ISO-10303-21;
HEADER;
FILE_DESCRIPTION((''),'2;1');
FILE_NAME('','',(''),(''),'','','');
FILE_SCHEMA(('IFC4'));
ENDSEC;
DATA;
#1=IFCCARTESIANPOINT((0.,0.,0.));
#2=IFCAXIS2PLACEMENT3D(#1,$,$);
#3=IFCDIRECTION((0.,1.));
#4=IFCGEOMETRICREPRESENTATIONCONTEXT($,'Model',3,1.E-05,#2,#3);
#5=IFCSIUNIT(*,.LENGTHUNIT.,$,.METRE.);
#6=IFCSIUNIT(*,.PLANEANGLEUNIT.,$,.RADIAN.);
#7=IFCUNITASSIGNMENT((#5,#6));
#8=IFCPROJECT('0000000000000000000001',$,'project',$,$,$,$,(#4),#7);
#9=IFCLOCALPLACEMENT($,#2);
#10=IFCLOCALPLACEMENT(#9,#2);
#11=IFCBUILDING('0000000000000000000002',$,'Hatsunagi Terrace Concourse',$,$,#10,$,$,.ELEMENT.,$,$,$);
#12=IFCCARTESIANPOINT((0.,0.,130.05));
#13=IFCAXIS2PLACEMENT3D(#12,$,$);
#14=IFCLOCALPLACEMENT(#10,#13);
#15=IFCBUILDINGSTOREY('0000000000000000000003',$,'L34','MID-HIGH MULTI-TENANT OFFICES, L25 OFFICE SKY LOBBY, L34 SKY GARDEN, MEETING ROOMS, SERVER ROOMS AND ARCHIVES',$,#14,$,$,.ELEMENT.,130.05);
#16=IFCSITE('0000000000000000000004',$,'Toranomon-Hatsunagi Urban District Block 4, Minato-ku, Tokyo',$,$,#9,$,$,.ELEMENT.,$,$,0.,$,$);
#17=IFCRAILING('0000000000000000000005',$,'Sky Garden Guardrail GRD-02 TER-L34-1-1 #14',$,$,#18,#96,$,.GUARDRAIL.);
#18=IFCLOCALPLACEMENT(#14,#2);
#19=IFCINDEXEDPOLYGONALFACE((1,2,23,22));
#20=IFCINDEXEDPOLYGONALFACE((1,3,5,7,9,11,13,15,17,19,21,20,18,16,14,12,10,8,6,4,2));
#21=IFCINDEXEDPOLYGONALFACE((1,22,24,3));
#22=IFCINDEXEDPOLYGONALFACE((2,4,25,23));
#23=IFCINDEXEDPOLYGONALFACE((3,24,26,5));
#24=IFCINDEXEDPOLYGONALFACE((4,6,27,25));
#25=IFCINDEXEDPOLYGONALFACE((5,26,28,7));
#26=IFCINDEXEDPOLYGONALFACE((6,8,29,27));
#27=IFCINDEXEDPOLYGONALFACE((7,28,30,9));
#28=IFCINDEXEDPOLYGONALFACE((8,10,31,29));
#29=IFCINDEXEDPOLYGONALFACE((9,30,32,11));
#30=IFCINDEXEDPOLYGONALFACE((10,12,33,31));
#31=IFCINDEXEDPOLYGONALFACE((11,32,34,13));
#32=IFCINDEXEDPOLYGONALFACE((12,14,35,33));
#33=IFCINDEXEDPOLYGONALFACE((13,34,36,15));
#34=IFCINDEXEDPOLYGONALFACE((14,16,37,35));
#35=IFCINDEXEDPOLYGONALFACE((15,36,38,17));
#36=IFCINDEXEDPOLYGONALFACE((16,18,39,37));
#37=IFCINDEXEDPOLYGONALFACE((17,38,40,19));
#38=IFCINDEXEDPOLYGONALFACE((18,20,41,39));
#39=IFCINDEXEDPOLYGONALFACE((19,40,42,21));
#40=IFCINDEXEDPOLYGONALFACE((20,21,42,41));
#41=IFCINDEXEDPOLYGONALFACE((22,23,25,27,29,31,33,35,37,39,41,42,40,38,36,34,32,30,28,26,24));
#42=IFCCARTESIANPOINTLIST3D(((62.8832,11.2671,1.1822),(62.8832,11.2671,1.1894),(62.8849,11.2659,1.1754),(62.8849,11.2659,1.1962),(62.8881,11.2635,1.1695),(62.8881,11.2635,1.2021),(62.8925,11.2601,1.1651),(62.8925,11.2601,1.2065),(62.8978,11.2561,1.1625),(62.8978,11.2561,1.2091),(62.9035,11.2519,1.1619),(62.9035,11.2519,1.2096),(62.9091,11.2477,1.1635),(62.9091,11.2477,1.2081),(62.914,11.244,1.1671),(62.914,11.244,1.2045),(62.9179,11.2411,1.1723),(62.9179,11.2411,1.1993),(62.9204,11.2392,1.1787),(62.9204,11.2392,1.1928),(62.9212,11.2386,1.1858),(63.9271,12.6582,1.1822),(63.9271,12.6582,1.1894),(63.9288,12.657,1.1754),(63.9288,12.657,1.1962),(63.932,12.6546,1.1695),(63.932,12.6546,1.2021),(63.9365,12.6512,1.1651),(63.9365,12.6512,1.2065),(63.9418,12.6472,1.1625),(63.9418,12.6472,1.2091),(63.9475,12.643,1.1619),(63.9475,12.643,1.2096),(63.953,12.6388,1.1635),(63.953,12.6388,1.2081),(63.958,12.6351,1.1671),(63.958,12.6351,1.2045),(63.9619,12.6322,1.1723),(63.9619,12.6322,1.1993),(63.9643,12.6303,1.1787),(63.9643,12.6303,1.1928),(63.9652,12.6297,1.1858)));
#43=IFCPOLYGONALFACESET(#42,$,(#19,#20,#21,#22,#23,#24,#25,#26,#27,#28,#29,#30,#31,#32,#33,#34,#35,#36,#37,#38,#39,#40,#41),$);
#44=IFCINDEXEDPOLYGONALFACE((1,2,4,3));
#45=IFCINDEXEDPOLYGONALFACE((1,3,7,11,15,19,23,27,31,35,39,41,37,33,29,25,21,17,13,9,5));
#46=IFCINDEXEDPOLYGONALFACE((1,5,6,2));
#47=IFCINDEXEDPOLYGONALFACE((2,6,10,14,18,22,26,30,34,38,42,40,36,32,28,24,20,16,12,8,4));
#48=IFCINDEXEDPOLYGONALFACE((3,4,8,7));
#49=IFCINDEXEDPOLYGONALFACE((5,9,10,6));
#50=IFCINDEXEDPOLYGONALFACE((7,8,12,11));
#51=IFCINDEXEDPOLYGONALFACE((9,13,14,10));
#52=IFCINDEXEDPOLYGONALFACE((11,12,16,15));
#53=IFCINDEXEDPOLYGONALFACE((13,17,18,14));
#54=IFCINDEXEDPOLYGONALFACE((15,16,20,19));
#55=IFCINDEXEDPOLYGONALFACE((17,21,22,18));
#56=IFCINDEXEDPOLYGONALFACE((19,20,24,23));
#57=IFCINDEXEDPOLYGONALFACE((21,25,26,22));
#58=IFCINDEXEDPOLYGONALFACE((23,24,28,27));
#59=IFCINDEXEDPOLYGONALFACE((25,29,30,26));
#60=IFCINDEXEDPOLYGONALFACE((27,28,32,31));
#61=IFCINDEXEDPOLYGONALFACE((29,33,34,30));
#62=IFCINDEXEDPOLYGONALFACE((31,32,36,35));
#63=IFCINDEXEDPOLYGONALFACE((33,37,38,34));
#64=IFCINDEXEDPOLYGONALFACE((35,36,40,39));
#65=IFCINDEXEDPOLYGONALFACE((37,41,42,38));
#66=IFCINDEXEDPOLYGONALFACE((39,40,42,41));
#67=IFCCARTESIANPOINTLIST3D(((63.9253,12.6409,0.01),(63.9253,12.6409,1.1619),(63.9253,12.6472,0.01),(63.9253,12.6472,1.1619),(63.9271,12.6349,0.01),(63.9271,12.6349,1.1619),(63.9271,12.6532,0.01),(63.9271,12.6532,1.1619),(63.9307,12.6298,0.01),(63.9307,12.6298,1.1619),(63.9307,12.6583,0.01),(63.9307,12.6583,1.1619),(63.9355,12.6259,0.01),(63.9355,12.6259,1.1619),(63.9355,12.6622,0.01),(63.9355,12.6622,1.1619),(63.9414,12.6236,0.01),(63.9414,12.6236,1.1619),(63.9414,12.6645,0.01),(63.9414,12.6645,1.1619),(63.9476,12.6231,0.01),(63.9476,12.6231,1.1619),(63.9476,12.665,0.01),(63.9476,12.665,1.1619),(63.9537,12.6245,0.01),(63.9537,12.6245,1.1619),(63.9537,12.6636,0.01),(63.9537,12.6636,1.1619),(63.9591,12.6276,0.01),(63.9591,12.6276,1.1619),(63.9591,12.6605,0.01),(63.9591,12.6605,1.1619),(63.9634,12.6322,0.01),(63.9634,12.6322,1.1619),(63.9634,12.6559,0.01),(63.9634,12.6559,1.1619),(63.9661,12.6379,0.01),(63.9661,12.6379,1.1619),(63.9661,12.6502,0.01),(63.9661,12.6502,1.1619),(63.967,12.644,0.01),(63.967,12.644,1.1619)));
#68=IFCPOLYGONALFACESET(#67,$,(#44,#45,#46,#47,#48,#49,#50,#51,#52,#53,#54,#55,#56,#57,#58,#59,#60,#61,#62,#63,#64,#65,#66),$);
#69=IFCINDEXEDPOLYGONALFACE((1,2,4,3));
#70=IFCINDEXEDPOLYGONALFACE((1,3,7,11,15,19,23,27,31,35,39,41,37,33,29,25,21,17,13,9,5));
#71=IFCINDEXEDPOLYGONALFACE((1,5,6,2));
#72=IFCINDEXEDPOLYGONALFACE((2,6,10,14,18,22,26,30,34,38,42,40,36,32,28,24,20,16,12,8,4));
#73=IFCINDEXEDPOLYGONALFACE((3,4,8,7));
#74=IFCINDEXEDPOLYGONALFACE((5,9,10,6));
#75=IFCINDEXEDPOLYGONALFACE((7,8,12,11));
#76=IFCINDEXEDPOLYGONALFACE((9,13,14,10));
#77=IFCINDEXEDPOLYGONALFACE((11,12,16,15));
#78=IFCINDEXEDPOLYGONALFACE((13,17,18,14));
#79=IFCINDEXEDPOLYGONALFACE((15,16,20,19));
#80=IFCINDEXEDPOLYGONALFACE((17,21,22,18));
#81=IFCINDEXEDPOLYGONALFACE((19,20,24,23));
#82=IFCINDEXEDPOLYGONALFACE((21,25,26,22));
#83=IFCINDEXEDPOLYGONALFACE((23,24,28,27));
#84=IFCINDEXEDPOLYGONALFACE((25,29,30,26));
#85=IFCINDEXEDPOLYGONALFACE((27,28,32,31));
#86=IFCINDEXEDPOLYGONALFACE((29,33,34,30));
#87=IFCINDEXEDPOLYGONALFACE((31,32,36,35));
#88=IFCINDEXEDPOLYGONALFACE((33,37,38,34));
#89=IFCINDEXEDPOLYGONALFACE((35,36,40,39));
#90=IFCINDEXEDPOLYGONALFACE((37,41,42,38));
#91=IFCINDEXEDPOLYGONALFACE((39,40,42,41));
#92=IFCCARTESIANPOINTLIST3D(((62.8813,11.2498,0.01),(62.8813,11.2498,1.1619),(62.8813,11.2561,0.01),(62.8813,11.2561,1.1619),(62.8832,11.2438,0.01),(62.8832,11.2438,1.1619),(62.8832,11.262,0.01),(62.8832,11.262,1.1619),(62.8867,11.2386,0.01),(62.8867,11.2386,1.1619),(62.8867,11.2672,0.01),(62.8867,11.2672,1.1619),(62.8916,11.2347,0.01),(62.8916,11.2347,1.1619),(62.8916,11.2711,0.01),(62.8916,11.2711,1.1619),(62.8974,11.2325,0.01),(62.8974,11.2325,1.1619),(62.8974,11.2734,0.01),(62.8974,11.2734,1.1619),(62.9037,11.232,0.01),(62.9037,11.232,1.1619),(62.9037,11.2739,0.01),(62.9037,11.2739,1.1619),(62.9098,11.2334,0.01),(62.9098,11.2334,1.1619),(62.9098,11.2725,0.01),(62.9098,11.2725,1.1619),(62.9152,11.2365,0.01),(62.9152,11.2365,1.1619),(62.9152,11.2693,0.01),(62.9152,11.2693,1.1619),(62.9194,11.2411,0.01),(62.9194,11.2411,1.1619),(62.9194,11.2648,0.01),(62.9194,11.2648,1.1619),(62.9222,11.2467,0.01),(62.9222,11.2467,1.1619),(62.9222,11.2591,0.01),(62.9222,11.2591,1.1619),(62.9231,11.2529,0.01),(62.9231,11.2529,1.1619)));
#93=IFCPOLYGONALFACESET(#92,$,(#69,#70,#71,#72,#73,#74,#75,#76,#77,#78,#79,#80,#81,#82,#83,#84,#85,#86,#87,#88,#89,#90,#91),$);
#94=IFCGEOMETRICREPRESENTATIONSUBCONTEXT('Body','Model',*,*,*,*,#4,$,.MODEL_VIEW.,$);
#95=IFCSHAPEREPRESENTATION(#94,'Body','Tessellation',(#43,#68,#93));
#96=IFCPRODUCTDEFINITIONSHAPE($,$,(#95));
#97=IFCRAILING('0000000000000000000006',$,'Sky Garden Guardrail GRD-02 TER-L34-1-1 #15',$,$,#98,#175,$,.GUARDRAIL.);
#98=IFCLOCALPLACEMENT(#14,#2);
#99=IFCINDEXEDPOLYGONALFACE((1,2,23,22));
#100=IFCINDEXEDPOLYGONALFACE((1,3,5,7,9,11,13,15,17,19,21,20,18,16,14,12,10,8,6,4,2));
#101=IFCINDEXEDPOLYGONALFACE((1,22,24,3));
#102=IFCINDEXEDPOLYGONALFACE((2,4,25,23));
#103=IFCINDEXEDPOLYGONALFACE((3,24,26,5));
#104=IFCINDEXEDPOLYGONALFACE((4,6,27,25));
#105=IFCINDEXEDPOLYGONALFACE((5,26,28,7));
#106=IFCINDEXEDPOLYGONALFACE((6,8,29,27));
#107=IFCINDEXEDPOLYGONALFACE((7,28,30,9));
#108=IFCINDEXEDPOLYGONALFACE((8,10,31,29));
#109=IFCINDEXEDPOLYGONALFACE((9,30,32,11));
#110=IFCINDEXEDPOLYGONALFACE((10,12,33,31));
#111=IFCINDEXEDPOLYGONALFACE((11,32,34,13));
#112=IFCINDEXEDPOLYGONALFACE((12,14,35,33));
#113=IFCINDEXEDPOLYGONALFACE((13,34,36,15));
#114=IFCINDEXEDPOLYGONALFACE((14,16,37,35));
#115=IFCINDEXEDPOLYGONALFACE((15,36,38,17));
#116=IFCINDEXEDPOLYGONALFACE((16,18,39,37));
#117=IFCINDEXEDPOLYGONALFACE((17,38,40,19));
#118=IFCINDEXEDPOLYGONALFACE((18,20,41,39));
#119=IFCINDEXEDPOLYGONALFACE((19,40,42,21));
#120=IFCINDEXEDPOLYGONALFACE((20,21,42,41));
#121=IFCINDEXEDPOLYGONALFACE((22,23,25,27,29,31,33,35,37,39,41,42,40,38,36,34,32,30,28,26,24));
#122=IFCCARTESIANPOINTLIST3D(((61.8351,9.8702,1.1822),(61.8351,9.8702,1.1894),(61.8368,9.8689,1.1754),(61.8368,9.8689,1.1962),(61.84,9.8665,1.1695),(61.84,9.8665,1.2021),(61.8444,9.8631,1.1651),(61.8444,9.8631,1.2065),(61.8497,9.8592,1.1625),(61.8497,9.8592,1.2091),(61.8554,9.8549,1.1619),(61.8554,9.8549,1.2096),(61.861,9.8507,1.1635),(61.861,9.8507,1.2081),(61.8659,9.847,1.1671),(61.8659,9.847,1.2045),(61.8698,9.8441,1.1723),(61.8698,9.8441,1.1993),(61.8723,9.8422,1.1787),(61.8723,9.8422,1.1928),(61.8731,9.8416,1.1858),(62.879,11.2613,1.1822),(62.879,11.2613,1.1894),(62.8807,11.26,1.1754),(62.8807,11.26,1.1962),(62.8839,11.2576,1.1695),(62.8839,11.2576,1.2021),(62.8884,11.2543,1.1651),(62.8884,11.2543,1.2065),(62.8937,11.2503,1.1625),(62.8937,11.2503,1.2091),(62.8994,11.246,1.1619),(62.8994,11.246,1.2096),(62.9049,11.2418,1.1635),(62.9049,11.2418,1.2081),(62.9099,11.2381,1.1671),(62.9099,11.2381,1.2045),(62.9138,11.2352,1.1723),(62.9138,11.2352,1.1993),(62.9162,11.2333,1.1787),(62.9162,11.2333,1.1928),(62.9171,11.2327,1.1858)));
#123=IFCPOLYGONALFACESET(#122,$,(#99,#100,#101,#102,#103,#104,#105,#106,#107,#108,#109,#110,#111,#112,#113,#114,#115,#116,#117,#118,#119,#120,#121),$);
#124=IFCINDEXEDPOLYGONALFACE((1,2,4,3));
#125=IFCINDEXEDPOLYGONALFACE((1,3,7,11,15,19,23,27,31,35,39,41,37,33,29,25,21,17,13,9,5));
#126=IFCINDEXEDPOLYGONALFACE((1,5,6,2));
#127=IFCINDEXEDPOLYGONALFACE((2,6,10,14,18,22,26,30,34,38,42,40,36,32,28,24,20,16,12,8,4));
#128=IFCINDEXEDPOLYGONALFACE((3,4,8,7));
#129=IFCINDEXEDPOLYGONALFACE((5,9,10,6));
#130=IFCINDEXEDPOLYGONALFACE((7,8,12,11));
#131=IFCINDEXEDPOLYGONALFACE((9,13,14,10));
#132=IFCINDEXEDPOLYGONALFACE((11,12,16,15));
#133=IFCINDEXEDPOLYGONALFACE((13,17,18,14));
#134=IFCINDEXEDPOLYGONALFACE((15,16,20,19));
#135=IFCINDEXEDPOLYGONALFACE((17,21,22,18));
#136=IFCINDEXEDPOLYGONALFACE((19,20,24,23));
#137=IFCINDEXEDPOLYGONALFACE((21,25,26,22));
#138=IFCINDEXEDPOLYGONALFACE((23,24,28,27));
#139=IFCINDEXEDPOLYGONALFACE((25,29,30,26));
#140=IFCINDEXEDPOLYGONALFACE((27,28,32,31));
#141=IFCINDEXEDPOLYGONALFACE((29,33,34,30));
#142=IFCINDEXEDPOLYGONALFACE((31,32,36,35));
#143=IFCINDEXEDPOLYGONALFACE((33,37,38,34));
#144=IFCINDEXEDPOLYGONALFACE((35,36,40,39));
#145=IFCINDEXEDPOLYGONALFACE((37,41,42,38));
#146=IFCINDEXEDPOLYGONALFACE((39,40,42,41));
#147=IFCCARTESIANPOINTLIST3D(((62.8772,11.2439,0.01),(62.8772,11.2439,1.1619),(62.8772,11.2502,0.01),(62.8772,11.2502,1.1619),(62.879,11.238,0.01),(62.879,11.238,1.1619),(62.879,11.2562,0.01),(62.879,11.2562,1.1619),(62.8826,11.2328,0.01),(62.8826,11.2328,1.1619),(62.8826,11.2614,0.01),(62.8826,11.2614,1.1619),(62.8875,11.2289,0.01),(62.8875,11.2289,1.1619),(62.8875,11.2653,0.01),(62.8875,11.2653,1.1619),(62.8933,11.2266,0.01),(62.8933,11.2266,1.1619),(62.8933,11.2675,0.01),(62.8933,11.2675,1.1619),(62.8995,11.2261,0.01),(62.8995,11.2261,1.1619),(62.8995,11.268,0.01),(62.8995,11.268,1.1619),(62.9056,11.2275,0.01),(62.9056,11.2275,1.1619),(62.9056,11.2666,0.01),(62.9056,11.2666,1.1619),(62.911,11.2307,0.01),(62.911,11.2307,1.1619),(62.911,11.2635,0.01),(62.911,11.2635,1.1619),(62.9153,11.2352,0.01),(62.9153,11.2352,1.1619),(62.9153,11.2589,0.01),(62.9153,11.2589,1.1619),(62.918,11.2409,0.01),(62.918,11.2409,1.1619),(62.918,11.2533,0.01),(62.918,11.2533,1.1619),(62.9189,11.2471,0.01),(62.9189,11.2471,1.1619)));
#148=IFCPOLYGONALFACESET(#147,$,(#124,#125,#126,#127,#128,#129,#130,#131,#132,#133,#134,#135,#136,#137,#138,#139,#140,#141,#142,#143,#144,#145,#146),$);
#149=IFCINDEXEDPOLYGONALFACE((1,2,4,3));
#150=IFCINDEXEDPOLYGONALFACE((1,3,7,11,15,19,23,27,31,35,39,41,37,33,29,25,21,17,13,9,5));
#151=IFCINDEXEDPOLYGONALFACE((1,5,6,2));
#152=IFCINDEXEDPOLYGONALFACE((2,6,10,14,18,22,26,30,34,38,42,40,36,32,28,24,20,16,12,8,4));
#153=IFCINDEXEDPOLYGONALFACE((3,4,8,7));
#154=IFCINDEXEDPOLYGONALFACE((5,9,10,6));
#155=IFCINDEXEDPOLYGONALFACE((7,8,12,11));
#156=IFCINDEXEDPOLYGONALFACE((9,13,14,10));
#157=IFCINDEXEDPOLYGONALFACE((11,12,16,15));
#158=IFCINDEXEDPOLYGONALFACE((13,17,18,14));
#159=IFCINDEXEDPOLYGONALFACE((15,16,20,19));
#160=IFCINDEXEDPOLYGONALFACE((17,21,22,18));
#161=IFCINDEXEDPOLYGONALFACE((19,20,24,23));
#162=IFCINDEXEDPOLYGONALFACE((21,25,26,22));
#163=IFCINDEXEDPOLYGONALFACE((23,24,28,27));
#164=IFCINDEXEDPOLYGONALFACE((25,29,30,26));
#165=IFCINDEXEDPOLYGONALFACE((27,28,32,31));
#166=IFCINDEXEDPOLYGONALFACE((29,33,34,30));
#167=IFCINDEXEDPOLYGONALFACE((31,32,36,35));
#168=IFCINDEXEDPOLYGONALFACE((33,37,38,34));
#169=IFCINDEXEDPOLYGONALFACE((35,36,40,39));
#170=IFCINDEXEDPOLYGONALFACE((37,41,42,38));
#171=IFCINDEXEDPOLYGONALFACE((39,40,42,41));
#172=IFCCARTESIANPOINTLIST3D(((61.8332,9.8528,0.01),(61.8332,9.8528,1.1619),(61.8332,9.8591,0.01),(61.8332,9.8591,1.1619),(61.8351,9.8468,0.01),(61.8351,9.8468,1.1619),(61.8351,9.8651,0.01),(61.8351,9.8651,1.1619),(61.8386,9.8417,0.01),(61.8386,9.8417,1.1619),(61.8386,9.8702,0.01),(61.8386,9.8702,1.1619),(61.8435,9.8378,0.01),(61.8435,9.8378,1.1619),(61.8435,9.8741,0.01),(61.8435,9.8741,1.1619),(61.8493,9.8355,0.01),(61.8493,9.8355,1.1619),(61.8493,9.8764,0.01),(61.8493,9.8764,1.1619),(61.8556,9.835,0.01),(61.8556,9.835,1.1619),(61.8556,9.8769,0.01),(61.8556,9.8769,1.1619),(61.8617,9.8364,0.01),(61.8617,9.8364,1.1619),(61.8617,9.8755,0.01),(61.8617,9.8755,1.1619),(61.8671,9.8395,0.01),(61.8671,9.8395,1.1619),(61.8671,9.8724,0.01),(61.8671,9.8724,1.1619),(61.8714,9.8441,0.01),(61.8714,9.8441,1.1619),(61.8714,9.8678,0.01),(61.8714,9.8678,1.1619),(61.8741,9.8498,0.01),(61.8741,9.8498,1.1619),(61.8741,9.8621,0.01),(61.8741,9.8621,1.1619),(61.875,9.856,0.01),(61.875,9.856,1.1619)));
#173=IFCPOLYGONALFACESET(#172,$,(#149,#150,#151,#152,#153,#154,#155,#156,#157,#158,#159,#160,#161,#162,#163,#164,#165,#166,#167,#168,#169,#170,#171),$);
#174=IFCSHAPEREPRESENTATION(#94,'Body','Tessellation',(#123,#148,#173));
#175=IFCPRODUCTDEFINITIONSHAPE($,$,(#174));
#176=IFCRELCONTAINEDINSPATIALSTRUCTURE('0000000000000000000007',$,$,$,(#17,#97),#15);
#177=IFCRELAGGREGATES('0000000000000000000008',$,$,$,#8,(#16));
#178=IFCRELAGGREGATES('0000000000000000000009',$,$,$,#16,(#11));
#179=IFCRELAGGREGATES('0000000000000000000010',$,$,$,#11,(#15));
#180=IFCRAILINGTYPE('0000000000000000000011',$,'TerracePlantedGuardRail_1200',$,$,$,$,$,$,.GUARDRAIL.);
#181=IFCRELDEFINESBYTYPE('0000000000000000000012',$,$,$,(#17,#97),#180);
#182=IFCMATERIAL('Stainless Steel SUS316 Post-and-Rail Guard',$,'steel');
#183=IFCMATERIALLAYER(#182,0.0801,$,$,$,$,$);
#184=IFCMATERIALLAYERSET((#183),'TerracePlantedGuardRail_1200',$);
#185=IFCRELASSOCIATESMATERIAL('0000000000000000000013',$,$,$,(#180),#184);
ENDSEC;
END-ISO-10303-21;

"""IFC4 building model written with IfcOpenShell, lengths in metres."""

from ifc_helpers import new_model, si_unit, direction, frame, origin, origin_2d, place, context, subcontext, project, spatial, circle, extrude, material, layer, layer_set, type_object, element, save


model = new_model("IFC4")

# Units and contexts
model_context = context("Model", 3, precision=1e-05, world=origin(), true_north=direction((0.0, 1.0)))
body_context = subcontext(model_context, "Body", "Model", "MODEL_VIEW")
ifc_project = project(units=[si_unit("LENGTHUNIT", "METRE"), si_unit("PLANEANGLEUNIT", "RADIAN")], contexts=[model_context])

# Site, building, storey
site_placement = place(None, origin())
site = spatial("IfcSite", under=ifc_project, at=site_placement, Name="Toranomon-Hatsunagi Urban District Block 4, Minato-ku, Tokyo", CompositionType="ELEMENT", RefElevation=0.0)
building_placement = place(site_placement, origin())
building = spatial("IfcBuilding", under=site, at=building_placement, Name="Hatsunagi Terrace Concourse", CompositionType="ELEMENT")
storey_placement = place(building_placement, frame((0.0, 0.0, 130.05)))
storey = spatial("IfcBuildingStorey", under=building, at=storey_placement, Name="L34", Description="MID-HIGH MULTI-TENANT OFFICES, L25 OFFICE SKY LOBBY, L34 SKY GARDEN, MEETING ROOMS, SERVER ROOMS AND ARCHIVES", CompositionType="ELEMENT", Elevation=130.05)

# Railings
ifc_material_1 = material(Name="Stainless Steel SUS316 Post-and-Rail Guard", Category="steel")
ifc_layer_1 = layer(ifc_material_1, 0.0801)
ifc_layer_set_1 = layer_set([ifc_layer_1], Name="TerracePlantedGuardRail_1200")
railing_type = type_object("IfcRailingType", Name="TerracePlantedGuardRail_1200", PredefinedType="GUARDRAIL", material=ifc_layer_set_1)
for number, where, name in (
    (1, (63.946, 12.644, 0.01), "Sky Garden Guardrail GRD-02 TER-L34-1-1 #14"),
    (2, (62.8979, 11.2471, 0.01), "Sky Garden Guardrail GRD-02 TER-L34-1-1 #15"),
):
    element("IfcRailing", number, at=place(storey_placement, frame(where)), inside=storey, type_object=railing_type, Name=name, PredefinedType="GUARDRAIL", context=body_context, shape_type="SweptSolid", body=[
        extrude(circle(Radius=0.0239, at=origin_2d()), frame((0.0, 0.0, 1.1758), z_axis=(-0.600225, -0.799832, 0.0), x_axis=(0.799832, -0.600225, 0.0)), (0.0, 0.0, 1.0), 1.7393),
        extrude(circle(Radius=0.021, at=origin_2d()), origin(), (0.0, 0.0, 1.0), 1.1519),
        extrude(circle(Radius=0.021, at=origin_2d()), frame((-1.0439, -1.3911, 0.0)), (0.0, 0.0, 1.0), 1.1519),
    ])

save(model, "model.ifc")
